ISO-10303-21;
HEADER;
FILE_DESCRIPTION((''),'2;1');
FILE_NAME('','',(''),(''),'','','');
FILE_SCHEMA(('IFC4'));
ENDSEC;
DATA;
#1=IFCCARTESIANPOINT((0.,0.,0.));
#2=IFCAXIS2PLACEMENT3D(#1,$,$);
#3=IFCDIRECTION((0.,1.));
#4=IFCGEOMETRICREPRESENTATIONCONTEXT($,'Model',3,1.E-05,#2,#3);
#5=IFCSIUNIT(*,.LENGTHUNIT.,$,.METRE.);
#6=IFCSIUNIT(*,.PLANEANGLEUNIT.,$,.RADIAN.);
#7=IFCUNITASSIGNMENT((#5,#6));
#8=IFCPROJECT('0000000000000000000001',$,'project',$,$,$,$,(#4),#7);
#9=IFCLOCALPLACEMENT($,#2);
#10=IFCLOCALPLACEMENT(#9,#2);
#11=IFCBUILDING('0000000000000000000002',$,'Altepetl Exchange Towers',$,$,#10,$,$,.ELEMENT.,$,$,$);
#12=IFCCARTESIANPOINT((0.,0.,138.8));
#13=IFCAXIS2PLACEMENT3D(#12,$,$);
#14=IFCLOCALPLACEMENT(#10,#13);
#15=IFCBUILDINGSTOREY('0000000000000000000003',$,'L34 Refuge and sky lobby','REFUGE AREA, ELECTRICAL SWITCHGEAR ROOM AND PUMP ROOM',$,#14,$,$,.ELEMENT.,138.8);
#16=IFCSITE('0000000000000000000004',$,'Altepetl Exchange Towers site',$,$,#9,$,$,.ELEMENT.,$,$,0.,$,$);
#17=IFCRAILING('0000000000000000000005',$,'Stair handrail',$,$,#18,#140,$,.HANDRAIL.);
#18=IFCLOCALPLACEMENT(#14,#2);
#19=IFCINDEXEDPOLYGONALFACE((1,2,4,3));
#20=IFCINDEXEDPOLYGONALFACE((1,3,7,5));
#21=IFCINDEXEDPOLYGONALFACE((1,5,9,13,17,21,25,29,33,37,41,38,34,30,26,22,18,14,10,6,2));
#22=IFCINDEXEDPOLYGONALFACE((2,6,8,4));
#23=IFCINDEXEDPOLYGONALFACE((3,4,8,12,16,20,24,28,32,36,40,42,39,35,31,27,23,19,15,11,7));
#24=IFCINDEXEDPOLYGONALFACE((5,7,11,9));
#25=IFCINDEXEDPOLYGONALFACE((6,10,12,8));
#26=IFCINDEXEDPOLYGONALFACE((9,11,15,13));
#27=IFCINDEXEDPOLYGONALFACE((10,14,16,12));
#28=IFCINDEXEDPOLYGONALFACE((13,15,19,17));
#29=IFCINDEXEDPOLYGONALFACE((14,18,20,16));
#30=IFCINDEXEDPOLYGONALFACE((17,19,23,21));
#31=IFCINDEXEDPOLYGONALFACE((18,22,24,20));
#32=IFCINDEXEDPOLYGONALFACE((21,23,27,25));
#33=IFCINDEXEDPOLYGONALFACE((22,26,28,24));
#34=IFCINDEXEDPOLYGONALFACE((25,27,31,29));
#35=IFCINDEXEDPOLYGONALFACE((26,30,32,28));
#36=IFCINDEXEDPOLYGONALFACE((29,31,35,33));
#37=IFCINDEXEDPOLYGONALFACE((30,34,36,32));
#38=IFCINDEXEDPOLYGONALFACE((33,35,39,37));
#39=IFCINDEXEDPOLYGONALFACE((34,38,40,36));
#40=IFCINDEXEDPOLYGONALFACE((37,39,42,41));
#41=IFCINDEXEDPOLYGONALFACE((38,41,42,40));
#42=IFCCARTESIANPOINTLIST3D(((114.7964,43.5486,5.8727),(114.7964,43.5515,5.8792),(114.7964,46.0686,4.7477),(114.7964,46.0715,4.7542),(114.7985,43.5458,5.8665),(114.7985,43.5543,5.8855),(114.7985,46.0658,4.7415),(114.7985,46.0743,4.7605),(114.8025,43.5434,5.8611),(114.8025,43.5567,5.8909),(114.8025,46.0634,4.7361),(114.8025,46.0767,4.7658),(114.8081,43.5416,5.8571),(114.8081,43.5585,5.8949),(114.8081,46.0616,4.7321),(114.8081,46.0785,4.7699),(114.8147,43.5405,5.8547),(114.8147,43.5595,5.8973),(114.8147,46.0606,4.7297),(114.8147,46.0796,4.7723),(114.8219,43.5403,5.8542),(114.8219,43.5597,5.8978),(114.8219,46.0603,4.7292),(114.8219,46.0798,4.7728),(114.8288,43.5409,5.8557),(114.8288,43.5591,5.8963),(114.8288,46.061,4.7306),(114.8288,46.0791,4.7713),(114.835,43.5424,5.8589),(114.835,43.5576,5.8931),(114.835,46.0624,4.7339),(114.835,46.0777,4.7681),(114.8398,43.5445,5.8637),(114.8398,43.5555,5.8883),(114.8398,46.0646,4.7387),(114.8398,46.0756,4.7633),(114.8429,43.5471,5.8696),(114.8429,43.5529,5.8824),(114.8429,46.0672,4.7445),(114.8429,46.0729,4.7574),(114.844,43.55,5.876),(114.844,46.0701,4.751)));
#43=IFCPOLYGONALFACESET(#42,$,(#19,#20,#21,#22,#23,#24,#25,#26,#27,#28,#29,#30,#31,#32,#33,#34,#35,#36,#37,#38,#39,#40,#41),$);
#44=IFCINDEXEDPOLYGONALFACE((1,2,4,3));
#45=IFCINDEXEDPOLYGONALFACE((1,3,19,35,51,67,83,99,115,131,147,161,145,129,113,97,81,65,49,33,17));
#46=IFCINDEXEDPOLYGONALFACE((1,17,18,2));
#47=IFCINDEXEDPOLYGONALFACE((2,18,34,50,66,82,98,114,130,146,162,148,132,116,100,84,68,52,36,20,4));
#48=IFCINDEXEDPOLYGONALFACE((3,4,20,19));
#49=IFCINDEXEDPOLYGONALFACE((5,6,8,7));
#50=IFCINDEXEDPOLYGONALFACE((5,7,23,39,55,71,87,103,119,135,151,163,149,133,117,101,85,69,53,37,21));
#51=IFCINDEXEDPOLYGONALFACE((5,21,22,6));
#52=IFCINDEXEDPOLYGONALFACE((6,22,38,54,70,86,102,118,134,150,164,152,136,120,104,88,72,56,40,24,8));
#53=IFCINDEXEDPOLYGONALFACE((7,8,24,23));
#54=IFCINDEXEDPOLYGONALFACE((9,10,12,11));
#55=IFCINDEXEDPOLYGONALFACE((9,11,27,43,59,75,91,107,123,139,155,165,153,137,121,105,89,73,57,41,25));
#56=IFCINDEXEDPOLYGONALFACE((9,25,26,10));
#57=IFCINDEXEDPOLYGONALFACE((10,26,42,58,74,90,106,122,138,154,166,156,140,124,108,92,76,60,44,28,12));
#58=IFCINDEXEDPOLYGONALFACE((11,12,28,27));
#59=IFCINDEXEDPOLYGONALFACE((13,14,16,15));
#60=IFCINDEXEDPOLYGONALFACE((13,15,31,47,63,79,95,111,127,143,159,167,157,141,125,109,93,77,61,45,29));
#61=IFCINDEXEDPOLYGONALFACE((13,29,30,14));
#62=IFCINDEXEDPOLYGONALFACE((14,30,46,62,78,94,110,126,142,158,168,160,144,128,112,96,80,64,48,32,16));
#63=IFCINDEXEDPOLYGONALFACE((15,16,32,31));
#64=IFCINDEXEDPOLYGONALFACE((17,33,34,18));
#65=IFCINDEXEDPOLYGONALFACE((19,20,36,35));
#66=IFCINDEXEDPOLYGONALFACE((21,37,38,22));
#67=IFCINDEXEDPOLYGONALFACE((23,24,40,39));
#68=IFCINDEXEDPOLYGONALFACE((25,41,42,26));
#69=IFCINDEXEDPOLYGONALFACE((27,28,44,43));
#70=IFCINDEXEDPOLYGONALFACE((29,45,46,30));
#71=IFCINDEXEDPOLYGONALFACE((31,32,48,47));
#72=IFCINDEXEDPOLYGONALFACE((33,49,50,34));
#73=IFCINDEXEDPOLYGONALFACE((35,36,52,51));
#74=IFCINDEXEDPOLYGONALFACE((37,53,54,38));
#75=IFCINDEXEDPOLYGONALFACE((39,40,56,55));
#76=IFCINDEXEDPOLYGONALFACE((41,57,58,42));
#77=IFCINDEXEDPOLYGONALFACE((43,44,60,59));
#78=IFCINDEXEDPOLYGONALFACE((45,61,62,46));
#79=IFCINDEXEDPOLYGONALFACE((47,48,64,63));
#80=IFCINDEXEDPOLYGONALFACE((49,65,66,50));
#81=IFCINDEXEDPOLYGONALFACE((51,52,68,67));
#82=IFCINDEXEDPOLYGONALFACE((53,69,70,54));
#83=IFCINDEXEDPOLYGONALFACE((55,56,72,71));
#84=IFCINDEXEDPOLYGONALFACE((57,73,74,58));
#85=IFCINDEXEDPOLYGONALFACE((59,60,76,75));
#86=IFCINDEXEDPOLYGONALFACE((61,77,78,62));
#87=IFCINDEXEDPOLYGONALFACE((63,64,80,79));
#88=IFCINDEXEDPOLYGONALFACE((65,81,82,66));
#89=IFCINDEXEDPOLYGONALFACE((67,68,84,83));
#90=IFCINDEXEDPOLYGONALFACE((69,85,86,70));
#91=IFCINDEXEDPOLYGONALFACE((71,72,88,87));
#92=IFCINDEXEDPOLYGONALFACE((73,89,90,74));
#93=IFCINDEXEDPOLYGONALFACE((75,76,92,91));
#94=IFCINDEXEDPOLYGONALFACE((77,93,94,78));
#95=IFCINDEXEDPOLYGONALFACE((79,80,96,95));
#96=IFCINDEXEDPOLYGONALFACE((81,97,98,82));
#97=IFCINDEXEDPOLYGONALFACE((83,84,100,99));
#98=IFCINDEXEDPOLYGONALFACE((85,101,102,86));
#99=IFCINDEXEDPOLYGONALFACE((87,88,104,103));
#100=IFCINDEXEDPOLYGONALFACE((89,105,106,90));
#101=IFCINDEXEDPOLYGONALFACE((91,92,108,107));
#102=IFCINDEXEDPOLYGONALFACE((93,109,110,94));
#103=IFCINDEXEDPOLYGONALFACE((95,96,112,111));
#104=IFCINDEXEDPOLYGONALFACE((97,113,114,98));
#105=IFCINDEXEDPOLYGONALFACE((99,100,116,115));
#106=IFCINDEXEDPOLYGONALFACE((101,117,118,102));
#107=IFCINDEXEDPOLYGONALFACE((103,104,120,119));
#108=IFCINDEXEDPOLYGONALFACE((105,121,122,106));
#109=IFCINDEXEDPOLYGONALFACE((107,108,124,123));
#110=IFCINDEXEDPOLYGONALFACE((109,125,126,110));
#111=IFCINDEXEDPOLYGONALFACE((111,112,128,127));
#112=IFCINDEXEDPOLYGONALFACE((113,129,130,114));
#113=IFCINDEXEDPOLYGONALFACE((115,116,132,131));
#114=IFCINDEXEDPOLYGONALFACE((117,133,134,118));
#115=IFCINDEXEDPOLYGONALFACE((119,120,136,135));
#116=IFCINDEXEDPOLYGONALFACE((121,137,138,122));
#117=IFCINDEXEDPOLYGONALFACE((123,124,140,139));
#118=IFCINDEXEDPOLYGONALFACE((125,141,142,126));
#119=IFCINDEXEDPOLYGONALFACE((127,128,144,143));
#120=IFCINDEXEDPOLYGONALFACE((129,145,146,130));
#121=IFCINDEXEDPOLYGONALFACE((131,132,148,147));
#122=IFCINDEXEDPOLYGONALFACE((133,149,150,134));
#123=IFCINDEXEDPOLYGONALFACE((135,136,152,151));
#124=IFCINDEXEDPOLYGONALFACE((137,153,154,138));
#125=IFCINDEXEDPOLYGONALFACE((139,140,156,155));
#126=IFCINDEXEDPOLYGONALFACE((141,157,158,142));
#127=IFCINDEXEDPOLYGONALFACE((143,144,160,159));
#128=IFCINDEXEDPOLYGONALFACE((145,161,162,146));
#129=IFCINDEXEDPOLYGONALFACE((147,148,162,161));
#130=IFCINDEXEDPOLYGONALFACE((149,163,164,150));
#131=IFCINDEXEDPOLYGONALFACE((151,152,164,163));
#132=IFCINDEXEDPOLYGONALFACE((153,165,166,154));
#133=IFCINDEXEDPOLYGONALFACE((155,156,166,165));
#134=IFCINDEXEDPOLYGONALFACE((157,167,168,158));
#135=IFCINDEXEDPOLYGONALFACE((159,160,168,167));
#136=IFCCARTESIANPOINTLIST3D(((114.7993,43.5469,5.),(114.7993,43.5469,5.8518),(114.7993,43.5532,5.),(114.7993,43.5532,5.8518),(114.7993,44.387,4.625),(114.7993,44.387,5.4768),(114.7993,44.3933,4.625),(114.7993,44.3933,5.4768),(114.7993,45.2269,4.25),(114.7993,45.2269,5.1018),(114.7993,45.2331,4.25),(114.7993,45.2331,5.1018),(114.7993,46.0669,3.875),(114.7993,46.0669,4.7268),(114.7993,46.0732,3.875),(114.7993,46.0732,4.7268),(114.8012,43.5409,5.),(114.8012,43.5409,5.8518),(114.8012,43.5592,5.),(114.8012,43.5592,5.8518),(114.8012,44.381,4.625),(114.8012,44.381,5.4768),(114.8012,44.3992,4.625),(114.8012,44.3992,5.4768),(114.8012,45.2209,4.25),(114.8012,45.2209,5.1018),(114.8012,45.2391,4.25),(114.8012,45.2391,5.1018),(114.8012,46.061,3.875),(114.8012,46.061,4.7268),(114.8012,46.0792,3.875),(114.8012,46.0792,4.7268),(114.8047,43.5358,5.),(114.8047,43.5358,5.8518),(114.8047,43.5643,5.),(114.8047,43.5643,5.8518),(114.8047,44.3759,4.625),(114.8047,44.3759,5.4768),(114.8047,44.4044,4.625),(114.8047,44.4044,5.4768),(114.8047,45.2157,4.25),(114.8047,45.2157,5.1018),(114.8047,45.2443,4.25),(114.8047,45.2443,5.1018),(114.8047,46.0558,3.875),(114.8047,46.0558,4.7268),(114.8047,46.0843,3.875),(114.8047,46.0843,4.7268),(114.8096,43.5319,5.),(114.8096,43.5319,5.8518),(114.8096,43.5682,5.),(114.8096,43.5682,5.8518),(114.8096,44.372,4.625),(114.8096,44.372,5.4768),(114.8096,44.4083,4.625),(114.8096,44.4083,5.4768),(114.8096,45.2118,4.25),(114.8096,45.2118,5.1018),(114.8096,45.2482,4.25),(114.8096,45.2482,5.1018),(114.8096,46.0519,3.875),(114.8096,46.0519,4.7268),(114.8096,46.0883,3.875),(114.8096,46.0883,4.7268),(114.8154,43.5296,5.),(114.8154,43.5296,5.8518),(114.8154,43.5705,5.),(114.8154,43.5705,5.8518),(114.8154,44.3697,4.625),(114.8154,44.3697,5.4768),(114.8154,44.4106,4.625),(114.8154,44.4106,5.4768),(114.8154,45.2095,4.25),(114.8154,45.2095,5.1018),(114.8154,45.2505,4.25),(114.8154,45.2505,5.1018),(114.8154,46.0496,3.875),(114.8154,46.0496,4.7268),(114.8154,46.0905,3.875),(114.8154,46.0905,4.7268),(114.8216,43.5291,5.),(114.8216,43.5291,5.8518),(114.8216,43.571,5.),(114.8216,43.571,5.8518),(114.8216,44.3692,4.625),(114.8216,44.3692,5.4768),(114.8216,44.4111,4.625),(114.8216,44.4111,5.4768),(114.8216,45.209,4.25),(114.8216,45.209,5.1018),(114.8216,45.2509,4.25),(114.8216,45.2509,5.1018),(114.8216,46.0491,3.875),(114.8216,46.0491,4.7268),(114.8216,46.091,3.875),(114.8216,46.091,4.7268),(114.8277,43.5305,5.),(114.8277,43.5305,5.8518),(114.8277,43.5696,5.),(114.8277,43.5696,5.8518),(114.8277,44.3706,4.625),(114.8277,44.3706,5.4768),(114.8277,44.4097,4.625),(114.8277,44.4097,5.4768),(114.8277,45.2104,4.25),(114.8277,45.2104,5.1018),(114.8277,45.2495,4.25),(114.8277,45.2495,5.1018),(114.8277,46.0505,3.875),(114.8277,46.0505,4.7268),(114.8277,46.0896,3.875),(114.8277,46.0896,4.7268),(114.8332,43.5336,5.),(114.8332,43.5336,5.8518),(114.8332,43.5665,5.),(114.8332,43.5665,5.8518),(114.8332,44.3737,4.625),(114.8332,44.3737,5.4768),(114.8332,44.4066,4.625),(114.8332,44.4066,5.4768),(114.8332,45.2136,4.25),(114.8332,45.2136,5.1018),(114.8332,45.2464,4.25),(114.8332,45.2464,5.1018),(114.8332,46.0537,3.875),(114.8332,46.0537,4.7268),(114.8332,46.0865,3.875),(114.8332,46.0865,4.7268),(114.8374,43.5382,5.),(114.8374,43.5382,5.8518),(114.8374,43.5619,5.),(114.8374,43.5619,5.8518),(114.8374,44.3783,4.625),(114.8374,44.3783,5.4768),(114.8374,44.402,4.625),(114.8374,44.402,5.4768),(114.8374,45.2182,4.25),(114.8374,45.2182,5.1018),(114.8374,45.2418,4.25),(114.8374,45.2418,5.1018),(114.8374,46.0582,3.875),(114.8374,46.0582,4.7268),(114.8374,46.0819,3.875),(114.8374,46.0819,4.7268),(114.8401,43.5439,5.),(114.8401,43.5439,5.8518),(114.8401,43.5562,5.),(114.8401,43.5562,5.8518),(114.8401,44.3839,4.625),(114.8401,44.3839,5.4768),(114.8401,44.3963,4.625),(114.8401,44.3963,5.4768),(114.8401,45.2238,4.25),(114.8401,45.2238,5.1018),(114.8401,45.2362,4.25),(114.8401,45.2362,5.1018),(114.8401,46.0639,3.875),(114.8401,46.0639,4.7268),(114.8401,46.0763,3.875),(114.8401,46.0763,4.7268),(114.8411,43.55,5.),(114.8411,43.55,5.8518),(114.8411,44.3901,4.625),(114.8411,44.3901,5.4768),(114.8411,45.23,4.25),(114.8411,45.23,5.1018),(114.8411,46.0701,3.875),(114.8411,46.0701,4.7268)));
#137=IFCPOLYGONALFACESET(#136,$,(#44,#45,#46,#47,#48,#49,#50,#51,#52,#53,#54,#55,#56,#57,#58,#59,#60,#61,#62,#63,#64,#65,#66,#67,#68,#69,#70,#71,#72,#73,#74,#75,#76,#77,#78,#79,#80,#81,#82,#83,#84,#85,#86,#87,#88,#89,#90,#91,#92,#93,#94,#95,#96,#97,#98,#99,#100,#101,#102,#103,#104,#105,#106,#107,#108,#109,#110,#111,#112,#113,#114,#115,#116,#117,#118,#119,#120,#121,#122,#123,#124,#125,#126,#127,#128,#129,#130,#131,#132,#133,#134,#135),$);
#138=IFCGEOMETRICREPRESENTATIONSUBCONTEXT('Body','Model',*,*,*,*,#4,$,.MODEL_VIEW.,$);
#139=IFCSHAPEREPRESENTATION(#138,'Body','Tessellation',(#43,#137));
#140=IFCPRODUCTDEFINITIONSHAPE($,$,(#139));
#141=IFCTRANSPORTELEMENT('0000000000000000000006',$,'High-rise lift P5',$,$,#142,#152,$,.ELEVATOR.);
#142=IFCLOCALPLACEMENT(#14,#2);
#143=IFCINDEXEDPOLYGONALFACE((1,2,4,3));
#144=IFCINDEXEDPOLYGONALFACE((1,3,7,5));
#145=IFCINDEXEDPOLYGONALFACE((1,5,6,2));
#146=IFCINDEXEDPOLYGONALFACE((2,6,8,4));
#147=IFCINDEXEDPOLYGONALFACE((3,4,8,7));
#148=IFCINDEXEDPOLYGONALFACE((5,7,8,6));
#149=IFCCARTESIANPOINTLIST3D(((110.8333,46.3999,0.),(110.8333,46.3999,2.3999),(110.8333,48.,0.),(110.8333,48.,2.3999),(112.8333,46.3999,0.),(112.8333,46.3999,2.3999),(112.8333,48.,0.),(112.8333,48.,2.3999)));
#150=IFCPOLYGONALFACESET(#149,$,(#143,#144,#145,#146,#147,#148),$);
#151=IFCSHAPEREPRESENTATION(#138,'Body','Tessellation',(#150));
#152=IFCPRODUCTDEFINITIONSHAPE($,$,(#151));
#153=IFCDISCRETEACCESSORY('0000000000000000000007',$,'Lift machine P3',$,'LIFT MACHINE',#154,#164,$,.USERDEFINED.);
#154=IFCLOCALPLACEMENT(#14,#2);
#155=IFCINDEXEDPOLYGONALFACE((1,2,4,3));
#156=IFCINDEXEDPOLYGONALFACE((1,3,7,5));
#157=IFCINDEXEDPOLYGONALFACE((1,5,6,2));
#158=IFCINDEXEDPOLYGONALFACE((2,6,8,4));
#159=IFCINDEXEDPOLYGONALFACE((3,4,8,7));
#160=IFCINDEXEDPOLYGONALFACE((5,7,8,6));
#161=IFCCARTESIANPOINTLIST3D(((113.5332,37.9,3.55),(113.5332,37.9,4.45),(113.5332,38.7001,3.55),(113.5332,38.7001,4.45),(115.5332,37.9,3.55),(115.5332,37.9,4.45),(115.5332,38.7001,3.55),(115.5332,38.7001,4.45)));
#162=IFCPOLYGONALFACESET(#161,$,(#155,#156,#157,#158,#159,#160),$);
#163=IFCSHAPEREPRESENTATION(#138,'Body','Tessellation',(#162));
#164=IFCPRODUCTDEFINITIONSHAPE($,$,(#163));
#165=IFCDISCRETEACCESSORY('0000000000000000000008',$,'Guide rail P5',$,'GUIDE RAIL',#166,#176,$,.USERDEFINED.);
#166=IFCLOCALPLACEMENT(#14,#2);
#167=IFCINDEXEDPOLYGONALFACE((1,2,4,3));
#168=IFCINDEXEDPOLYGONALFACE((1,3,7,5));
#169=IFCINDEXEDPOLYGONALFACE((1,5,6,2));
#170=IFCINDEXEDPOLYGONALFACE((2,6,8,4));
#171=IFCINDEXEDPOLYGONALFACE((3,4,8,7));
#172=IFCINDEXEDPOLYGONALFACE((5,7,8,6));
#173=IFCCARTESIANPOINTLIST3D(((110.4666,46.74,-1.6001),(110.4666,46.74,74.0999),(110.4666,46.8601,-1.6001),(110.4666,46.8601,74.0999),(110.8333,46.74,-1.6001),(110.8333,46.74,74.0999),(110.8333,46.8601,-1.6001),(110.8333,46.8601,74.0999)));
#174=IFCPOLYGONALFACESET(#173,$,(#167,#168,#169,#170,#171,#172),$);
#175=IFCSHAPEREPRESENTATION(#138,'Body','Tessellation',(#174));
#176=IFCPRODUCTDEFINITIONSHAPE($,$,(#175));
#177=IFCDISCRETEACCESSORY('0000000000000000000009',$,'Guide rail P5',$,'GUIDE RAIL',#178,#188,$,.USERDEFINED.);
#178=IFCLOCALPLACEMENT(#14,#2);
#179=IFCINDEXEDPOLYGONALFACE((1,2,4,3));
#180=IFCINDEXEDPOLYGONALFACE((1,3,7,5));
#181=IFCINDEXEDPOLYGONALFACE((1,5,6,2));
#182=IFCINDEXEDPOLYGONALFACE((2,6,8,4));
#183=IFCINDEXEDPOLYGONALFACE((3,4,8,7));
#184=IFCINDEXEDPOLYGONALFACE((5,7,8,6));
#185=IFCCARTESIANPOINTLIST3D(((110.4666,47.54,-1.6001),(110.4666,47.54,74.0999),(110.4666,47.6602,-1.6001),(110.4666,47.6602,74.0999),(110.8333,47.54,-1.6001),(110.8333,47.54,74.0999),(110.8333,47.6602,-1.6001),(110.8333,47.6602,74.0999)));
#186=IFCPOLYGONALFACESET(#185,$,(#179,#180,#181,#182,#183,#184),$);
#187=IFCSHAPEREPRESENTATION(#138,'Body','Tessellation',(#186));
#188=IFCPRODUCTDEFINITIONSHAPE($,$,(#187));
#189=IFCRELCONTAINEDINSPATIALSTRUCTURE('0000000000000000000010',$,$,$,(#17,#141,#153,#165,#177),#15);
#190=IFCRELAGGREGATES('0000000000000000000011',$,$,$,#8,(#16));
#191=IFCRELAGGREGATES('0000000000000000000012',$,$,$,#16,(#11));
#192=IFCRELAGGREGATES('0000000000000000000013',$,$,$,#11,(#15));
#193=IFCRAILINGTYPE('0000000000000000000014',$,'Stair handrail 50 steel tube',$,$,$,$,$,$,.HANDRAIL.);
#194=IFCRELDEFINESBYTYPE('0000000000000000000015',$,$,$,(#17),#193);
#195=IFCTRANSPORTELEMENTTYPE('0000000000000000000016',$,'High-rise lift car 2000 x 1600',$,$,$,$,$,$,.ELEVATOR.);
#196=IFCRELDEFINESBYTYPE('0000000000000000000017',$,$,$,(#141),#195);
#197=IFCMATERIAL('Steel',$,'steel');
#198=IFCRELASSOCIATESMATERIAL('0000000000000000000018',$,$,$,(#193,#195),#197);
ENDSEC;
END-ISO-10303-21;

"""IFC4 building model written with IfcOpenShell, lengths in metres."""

from ifc_helpers import new_model, si_unit, direction, frame, origin, origin_2d, place, context, subcontext, project, spatial, rectangle, circle, extrude, source, transform, mapped, material, type_object, element, save


model = new_model("IFC4")

# Units and contexts
model_context = context("Model", 3, precision=1e-05, world=origin(), true_north=direction((0.0, 1.0)))
body_context = subcontext(model_context, "Body", "Model", "MODEL_VIEW")
ifc_project = project(units=[si_unit("LENGTHUNIT", "METRE"), si_unit("PLANEANGLEUNIT", "RADIAN")], contexts=[model_context])

# Site, building, storey
site_placement = place(None, origin())
site = spatial("IfcSite", under=ifc_project, at=site_placement, Name="Altepetl Exchange Towers site", CompositionType="ELEMENT", RefElevation=0.0)
building_placement = place(site_placement, origin())
building = spatial("IfcBuilding", under=site, at=building_placement, Name="Altepetl Exchange Towers", CompositionType="ELEMENT")
storey_placement = place(building_placement, frame((0.0, 0.0, 138.8)))
storey = spatial("IfcBuildingStorey", under=building, at=storey_placement, Name="L34 Refuge and sky lobby", Description="REFUGE AREA, ELECTRICAL SWITCHGEAR ROOM AND PUMP ROOM", CompositionType="ELEMENT", Elevation=138.8)

# Railing
ifc_material_1 = material(Name="Steel", Category="steel")
railing_type = type_object("IfcRailingType", Name="Stair handrail 50 steel tube", PredefinedType="HANDRAIL", material=ifc_material_1)
shared_shape = source(origin(), body_context, "Body", "SweptSolid", [
    extrude(circle(Radius=0.021, at=origin_2d()), origin(), (0.0, 0.0, 1.0), 0.8518),
])
railing_1_placement = place(storey_placement, frame((114.8201, 46.0701, 3.875)))
element("IfcRailing", 1, at=railing_1_placement, inside=storey, type_object=railing_type, Name="Stair handrail", PredefinedType="HANDRAIL", context=body_context, shape_type="SweptSolid", body=[
    extrude(circle(Radius=0.0239, at=origin_2d()), frame((0.0, 0.0, 0.876), z_axis=(0.0, -0.913139, 0.407648), x_axis=(1.0, 0.0, 0.0)), (0.0, 0.0, 1.0), 2.7598),
    mapped(shared_shape, transform((0.0, 0.0, 0.0))),
    mapped(shared_shape, transform((0.0, -0.8401, 0.375))),
    mapped(shared_shape, transform((0.0, -1.6799, 0.75))),
    mapped(shared_shape, transform((0.0, -2.52, 1.125))),
])

# Transport element
transport_element_type = type_object("IfcTransportElementType", Name="High-rise lift car 2000 x 1600", PredefinedType="ELEVATOR", material=ifc_material_1)
transport_element_placement = place(storey_placement, frame((111.8333, 47.2, 0.0)))
element("IfcTransportElement", 2, at=transport_element_placement, inside=storey, type_object=transport_element_type, Name="High-rise lift P5", PredefinedType="ELEVATOR", context=body_context, shape_type="SweptSolid", body=[
    extrude(rectangle(XDim=2.0, YDim=1.6001, at=origin_2d()), origin(), (0.0, 0.0, 1.0), 2.3999),
])

# Discrete accessories
discrete_accessory_placement = place(storey_placement, frame((114.5332, 38.3, 3.55)))
element("IfcDiscreteAccessory", 3, at=discrete_accessory_placement, inside=storey, Name="Lift machine P3", ObjectType="LIFT MACHINE", PredefinedType="USERDEFINED", context=body_context, shape_type="SweptSolid", body=[
    extrude(rectangle(XDim=2.0, YDim=0.8, at=origin_2d()), origin(), (0.0, 0.0, 1.0), 0.8999),
])
for number, where, name in (
    (4, (110.6499, 46.8, -1.6001), "Guide rail P5"),
    (5, (110.6499, 47.6001, -1.6001), "Guide rail P5"),
):
    element("IfcDiscreteAccessory", number, at=place(storey_placement, frame(where)), inside=storey, Name=name, ObjectType="GUIDE RAIL", PredefinedType="USERDEFINED", context=body_context, shape_type="SweptSolid", body=[
        extrude(rectangle(XDim=0.3667, YDim=0.1201, at=origin_2d()), origin(), (0.0, 0.0, 1.0), 75.7),
    ])

save(model, "model.ifc")
